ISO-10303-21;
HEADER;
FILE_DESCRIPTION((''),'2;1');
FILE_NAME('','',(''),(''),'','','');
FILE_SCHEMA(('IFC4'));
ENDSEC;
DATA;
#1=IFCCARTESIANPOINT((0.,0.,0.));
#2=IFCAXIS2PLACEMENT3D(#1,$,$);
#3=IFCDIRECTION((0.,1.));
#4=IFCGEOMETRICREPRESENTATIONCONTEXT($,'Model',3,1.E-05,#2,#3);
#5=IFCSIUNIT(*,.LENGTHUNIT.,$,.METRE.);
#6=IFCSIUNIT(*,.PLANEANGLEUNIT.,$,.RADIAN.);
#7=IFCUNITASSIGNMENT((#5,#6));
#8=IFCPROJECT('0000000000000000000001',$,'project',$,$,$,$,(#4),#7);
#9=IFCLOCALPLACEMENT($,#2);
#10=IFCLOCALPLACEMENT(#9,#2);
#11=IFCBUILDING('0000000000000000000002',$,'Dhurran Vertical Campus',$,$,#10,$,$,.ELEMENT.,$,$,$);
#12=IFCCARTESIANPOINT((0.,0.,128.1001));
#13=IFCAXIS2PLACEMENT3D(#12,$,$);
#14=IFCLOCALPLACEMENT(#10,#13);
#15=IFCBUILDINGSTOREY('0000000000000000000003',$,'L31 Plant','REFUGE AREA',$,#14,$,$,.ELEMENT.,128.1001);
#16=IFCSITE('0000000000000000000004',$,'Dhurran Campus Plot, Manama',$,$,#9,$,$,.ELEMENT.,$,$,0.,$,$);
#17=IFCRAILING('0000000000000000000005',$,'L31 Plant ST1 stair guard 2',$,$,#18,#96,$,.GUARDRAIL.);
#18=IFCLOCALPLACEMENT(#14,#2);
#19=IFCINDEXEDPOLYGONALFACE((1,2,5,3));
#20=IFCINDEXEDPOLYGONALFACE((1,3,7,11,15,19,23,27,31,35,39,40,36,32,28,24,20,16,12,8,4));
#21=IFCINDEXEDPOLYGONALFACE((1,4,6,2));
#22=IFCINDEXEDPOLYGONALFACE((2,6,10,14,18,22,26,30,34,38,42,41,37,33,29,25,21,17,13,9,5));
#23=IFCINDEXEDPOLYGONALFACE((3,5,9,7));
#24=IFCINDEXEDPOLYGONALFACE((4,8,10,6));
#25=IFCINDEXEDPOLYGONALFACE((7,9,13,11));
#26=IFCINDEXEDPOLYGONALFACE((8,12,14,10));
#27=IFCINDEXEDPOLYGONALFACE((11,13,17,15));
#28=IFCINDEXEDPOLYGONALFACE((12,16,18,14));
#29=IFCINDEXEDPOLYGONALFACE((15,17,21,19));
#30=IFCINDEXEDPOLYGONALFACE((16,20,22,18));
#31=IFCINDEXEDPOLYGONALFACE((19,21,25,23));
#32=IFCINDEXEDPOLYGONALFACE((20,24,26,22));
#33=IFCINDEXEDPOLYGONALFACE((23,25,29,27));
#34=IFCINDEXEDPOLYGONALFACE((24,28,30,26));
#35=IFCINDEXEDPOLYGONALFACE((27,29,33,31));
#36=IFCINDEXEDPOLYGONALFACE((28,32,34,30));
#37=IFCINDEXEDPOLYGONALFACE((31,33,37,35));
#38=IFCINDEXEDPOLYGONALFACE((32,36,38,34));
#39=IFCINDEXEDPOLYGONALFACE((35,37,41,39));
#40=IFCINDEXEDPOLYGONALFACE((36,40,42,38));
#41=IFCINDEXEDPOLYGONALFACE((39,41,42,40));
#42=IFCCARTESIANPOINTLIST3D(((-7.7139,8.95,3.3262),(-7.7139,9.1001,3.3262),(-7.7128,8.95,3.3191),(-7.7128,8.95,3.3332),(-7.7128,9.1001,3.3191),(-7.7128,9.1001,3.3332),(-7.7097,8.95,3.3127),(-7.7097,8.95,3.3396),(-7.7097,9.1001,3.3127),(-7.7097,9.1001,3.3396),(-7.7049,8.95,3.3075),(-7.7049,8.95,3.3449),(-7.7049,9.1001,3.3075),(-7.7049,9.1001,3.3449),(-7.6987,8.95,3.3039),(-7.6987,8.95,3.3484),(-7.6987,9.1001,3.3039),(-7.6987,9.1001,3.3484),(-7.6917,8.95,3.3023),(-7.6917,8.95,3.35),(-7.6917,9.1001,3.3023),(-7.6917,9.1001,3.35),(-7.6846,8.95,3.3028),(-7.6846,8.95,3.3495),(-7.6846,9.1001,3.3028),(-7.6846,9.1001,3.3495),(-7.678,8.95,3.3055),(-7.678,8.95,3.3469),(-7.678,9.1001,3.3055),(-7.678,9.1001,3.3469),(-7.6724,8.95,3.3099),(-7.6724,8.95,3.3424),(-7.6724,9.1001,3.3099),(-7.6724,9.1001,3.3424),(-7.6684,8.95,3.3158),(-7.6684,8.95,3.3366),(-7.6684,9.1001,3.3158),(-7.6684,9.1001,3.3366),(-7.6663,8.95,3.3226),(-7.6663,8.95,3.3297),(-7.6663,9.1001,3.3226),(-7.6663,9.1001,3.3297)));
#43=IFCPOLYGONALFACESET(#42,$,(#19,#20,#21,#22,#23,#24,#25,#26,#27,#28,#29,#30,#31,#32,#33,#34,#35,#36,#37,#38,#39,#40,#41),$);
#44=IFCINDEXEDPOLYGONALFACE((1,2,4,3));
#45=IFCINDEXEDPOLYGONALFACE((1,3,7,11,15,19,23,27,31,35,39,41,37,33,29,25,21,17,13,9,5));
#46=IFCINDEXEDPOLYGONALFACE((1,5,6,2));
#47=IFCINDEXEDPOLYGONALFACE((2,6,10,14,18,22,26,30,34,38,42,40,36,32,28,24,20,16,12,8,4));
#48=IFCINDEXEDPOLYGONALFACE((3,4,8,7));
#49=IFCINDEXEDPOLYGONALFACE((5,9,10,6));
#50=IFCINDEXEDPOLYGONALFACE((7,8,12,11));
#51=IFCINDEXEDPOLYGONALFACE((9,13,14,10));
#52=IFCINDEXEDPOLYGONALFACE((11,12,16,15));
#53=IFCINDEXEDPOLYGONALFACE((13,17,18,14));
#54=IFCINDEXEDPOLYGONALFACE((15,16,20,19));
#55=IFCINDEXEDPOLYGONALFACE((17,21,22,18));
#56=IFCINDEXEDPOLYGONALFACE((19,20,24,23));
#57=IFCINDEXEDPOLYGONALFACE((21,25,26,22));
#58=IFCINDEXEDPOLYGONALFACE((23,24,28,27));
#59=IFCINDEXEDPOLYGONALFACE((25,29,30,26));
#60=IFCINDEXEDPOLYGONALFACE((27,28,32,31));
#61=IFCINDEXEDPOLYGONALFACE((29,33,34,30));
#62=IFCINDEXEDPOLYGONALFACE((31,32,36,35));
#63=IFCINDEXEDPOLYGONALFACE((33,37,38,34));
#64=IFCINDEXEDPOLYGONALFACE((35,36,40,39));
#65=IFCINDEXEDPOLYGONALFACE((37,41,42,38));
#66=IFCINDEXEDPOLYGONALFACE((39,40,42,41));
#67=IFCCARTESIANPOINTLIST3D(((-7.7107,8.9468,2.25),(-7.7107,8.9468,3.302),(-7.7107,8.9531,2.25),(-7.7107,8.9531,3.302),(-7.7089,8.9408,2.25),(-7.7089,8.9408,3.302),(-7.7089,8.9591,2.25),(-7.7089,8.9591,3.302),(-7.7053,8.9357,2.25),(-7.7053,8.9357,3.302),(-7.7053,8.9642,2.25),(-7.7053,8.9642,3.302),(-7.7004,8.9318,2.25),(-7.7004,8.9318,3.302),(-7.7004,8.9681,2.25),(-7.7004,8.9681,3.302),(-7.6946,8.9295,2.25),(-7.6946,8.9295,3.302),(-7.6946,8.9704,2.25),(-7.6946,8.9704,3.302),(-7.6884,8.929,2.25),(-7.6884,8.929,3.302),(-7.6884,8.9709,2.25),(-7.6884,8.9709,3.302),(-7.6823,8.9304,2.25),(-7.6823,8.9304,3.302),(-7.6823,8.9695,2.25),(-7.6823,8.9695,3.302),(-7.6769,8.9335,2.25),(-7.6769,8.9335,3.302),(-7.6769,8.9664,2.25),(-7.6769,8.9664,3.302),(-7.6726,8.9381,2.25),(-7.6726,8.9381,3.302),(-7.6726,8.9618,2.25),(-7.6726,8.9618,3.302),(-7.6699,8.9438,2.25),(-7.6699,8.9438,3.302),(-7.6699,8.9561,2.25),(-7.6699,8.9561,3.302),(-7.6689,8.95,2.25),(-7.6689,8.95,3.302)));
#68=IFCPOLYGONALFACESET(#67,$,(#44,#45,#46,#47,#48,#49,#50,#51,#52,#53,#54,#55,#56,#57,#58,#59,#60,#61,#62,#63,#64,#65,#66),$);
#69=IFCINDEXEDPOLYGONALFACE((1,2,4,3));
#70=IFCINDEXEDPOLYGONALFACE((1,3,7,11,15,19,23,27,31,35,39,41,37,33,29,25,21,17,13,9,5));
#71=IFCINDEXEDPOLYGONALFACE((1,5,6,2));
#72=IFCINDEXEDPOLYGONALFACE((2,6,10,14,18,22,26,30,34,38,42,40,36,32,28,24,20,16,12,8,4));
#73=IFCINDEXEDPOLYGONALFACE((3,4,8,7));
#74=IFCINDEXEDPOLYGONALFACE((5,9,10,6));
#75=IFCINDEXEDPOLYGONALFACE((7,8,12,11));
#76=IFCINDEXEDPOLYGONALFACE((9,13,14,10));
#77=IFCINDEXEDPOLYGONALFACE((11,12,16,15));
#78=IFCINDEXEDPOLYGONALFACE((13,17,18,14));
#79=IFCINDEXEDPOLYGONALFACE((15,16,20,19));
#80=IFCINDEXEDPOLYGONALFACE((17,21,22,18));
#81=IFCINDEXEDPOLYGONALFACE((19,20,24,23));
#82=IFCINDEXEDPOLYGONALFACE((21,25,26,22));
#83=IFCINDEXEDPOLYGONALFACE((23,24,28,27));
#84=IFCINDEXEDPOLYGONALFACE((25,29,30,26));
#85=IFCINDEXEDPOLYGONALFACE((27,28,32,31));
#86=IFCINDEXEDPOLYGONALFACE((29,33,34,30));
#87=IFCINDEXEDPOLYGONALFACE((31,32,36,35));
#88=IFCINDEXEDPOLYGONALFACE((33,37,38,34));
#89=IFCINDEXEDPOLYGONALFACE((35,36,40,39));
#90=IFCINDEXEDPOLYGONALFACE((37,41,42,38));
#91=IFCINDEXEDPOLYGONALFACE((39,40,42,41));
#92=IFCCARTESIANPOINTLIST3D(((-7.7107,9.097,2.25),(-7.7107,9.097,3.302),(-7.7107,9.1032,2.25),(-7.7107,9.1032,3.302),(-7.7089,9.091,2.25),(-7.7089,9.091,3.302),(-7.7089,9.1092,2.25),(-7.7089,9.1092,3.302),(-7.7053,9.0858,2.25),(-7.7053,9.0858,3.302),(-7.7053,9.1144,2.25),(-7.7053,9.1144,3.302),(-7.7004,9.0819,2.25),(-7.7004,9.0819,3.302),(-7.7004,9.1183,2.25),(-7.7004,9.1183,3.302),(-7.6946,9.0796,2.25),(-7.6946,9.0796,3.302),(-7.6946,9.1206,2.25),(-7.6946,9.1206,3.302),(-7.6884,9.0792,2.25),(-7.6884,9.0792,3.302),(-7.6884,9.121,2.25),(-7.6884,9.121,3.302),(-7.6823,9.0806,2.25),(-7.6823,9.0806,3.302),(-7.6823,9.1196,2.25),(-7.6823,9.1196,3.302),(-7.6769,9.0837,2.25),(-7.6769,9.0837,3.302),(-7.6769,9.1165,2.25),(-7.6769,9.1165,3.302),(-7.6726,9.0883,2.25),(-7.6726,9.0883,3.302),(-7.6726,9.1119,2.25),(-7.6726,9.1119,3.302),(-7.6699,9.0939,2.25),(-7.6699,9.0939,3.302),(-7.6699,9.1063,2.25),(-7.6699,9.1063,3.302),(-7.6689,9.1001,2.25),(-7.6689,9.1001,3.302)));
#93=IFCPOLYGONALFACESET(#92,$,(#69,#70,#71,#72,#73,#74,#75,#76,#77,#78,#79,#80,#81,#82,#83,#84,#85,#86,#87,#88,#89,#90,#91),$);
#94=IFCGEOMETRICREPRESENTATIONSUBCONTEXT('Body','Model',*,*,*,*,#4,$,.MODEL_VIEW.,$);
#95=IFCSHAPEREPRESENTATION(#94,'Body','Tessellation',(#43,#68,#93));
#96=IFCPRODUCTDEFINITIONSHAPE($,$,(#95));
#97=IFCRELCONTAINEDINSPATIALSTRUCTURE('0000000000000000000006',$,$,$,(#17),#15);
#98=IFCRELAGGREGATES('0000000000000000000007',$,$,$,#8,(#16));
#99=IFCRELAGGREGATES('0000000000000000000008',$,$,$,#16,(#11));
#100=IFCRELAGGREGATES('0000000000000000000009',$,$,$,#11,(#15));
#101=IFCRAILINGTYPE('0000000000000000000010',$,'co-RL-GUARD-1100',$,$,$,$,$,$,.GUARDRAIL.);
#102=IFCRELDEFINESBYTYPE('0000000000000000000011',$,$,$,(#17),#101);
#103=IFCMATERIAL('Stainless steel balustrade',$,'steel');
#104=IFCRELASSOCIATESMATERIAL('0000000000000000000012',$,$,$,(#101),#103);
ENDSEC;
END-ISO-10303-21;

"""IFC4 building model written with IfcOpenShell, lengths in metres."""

from ifc_helpers import new_model, si_unit, direction, frame, origin, origin_2d, place, context, subcontext, project, spatial, circle, extrude, material, type_object, element, save


model = new_model("IFC4")

# Units and contexts
model_context = context("Model", 3, precision=1e-05, world=origin(), true_north=direction((0.0, 1.0)))
body_context = subcontext(model_context, "Body", "Model", "MODEL_VIEW")
ifc_project = project(units=[si_unit("LENGTHUNIT", "METRE"), si_unit("PLANEANGLEUNIT", "RADIAN")], contexts=[model_context])

# Site, building, storey
site_placement = place(None, origin())
site = spatial("IfcSite", under=ifc_project, at=site_placement, Name="Dhurran Campus Plot, Manama", CompositionType="ELEMENT", RefElevation=0.0)
building_placement = place(site_placement, origin())
building = spatial("IfcBuilding", under=site, at=building_placement, Name="Dhurran Vertical Campus", CompositionType="ELEMENT")
storey_placement = place(building_placement, frame((0.0, 0.0, 128.1001)))
storey = spatial("IfcBuildingStorey", under=building, at=storey_placement, Name="L31 Plant", Description="REFUGE AREA", CompositionType="ELEMENT", Elevation=128.1001)

# Railing
ifc_material_1 = material(Name="Stainless steel balustrade", Category="steel")
railing_type_1 = type_object("IfcRailingType", Name="co-RL-GUARD-1100", PredefinedType="GUARDRAIL", material=ifc_material_1)
railing_1_placement = place(storey_placement, frame((-7.6899, 8.95, 2.25)))
element("IfcRailing", 1, at=railing_1_placement, inside=storey, type_object=railing_type_1, Name="L31 Plant ST1 stair guard 2", PredefinedType="GUARDRAIL", context=body_context, shape_type="SweptSolid", body=[
    extrude(circle(Radius=0.0239, at=origin_2d()), frame((0.0, 0.0, 1.0762), z_axis=(0.0, 1.0, 0.0), x_axis=(-1.0, 0.0, 0.0)), (0.0, 0.0, 1.0), 0.1501),
    extrude(circle(Radius=0.021, at=origin_2d()), origin(), (0.0, 0.0, 1.0), 1.052),
    extrude(circle(Radius=0.021, at=origin_2d()), frame((0.0, 0.1501, 0.0)), (0.0, 0.0, 1.0), 1.052),
])

save(model, "model.ifc")
